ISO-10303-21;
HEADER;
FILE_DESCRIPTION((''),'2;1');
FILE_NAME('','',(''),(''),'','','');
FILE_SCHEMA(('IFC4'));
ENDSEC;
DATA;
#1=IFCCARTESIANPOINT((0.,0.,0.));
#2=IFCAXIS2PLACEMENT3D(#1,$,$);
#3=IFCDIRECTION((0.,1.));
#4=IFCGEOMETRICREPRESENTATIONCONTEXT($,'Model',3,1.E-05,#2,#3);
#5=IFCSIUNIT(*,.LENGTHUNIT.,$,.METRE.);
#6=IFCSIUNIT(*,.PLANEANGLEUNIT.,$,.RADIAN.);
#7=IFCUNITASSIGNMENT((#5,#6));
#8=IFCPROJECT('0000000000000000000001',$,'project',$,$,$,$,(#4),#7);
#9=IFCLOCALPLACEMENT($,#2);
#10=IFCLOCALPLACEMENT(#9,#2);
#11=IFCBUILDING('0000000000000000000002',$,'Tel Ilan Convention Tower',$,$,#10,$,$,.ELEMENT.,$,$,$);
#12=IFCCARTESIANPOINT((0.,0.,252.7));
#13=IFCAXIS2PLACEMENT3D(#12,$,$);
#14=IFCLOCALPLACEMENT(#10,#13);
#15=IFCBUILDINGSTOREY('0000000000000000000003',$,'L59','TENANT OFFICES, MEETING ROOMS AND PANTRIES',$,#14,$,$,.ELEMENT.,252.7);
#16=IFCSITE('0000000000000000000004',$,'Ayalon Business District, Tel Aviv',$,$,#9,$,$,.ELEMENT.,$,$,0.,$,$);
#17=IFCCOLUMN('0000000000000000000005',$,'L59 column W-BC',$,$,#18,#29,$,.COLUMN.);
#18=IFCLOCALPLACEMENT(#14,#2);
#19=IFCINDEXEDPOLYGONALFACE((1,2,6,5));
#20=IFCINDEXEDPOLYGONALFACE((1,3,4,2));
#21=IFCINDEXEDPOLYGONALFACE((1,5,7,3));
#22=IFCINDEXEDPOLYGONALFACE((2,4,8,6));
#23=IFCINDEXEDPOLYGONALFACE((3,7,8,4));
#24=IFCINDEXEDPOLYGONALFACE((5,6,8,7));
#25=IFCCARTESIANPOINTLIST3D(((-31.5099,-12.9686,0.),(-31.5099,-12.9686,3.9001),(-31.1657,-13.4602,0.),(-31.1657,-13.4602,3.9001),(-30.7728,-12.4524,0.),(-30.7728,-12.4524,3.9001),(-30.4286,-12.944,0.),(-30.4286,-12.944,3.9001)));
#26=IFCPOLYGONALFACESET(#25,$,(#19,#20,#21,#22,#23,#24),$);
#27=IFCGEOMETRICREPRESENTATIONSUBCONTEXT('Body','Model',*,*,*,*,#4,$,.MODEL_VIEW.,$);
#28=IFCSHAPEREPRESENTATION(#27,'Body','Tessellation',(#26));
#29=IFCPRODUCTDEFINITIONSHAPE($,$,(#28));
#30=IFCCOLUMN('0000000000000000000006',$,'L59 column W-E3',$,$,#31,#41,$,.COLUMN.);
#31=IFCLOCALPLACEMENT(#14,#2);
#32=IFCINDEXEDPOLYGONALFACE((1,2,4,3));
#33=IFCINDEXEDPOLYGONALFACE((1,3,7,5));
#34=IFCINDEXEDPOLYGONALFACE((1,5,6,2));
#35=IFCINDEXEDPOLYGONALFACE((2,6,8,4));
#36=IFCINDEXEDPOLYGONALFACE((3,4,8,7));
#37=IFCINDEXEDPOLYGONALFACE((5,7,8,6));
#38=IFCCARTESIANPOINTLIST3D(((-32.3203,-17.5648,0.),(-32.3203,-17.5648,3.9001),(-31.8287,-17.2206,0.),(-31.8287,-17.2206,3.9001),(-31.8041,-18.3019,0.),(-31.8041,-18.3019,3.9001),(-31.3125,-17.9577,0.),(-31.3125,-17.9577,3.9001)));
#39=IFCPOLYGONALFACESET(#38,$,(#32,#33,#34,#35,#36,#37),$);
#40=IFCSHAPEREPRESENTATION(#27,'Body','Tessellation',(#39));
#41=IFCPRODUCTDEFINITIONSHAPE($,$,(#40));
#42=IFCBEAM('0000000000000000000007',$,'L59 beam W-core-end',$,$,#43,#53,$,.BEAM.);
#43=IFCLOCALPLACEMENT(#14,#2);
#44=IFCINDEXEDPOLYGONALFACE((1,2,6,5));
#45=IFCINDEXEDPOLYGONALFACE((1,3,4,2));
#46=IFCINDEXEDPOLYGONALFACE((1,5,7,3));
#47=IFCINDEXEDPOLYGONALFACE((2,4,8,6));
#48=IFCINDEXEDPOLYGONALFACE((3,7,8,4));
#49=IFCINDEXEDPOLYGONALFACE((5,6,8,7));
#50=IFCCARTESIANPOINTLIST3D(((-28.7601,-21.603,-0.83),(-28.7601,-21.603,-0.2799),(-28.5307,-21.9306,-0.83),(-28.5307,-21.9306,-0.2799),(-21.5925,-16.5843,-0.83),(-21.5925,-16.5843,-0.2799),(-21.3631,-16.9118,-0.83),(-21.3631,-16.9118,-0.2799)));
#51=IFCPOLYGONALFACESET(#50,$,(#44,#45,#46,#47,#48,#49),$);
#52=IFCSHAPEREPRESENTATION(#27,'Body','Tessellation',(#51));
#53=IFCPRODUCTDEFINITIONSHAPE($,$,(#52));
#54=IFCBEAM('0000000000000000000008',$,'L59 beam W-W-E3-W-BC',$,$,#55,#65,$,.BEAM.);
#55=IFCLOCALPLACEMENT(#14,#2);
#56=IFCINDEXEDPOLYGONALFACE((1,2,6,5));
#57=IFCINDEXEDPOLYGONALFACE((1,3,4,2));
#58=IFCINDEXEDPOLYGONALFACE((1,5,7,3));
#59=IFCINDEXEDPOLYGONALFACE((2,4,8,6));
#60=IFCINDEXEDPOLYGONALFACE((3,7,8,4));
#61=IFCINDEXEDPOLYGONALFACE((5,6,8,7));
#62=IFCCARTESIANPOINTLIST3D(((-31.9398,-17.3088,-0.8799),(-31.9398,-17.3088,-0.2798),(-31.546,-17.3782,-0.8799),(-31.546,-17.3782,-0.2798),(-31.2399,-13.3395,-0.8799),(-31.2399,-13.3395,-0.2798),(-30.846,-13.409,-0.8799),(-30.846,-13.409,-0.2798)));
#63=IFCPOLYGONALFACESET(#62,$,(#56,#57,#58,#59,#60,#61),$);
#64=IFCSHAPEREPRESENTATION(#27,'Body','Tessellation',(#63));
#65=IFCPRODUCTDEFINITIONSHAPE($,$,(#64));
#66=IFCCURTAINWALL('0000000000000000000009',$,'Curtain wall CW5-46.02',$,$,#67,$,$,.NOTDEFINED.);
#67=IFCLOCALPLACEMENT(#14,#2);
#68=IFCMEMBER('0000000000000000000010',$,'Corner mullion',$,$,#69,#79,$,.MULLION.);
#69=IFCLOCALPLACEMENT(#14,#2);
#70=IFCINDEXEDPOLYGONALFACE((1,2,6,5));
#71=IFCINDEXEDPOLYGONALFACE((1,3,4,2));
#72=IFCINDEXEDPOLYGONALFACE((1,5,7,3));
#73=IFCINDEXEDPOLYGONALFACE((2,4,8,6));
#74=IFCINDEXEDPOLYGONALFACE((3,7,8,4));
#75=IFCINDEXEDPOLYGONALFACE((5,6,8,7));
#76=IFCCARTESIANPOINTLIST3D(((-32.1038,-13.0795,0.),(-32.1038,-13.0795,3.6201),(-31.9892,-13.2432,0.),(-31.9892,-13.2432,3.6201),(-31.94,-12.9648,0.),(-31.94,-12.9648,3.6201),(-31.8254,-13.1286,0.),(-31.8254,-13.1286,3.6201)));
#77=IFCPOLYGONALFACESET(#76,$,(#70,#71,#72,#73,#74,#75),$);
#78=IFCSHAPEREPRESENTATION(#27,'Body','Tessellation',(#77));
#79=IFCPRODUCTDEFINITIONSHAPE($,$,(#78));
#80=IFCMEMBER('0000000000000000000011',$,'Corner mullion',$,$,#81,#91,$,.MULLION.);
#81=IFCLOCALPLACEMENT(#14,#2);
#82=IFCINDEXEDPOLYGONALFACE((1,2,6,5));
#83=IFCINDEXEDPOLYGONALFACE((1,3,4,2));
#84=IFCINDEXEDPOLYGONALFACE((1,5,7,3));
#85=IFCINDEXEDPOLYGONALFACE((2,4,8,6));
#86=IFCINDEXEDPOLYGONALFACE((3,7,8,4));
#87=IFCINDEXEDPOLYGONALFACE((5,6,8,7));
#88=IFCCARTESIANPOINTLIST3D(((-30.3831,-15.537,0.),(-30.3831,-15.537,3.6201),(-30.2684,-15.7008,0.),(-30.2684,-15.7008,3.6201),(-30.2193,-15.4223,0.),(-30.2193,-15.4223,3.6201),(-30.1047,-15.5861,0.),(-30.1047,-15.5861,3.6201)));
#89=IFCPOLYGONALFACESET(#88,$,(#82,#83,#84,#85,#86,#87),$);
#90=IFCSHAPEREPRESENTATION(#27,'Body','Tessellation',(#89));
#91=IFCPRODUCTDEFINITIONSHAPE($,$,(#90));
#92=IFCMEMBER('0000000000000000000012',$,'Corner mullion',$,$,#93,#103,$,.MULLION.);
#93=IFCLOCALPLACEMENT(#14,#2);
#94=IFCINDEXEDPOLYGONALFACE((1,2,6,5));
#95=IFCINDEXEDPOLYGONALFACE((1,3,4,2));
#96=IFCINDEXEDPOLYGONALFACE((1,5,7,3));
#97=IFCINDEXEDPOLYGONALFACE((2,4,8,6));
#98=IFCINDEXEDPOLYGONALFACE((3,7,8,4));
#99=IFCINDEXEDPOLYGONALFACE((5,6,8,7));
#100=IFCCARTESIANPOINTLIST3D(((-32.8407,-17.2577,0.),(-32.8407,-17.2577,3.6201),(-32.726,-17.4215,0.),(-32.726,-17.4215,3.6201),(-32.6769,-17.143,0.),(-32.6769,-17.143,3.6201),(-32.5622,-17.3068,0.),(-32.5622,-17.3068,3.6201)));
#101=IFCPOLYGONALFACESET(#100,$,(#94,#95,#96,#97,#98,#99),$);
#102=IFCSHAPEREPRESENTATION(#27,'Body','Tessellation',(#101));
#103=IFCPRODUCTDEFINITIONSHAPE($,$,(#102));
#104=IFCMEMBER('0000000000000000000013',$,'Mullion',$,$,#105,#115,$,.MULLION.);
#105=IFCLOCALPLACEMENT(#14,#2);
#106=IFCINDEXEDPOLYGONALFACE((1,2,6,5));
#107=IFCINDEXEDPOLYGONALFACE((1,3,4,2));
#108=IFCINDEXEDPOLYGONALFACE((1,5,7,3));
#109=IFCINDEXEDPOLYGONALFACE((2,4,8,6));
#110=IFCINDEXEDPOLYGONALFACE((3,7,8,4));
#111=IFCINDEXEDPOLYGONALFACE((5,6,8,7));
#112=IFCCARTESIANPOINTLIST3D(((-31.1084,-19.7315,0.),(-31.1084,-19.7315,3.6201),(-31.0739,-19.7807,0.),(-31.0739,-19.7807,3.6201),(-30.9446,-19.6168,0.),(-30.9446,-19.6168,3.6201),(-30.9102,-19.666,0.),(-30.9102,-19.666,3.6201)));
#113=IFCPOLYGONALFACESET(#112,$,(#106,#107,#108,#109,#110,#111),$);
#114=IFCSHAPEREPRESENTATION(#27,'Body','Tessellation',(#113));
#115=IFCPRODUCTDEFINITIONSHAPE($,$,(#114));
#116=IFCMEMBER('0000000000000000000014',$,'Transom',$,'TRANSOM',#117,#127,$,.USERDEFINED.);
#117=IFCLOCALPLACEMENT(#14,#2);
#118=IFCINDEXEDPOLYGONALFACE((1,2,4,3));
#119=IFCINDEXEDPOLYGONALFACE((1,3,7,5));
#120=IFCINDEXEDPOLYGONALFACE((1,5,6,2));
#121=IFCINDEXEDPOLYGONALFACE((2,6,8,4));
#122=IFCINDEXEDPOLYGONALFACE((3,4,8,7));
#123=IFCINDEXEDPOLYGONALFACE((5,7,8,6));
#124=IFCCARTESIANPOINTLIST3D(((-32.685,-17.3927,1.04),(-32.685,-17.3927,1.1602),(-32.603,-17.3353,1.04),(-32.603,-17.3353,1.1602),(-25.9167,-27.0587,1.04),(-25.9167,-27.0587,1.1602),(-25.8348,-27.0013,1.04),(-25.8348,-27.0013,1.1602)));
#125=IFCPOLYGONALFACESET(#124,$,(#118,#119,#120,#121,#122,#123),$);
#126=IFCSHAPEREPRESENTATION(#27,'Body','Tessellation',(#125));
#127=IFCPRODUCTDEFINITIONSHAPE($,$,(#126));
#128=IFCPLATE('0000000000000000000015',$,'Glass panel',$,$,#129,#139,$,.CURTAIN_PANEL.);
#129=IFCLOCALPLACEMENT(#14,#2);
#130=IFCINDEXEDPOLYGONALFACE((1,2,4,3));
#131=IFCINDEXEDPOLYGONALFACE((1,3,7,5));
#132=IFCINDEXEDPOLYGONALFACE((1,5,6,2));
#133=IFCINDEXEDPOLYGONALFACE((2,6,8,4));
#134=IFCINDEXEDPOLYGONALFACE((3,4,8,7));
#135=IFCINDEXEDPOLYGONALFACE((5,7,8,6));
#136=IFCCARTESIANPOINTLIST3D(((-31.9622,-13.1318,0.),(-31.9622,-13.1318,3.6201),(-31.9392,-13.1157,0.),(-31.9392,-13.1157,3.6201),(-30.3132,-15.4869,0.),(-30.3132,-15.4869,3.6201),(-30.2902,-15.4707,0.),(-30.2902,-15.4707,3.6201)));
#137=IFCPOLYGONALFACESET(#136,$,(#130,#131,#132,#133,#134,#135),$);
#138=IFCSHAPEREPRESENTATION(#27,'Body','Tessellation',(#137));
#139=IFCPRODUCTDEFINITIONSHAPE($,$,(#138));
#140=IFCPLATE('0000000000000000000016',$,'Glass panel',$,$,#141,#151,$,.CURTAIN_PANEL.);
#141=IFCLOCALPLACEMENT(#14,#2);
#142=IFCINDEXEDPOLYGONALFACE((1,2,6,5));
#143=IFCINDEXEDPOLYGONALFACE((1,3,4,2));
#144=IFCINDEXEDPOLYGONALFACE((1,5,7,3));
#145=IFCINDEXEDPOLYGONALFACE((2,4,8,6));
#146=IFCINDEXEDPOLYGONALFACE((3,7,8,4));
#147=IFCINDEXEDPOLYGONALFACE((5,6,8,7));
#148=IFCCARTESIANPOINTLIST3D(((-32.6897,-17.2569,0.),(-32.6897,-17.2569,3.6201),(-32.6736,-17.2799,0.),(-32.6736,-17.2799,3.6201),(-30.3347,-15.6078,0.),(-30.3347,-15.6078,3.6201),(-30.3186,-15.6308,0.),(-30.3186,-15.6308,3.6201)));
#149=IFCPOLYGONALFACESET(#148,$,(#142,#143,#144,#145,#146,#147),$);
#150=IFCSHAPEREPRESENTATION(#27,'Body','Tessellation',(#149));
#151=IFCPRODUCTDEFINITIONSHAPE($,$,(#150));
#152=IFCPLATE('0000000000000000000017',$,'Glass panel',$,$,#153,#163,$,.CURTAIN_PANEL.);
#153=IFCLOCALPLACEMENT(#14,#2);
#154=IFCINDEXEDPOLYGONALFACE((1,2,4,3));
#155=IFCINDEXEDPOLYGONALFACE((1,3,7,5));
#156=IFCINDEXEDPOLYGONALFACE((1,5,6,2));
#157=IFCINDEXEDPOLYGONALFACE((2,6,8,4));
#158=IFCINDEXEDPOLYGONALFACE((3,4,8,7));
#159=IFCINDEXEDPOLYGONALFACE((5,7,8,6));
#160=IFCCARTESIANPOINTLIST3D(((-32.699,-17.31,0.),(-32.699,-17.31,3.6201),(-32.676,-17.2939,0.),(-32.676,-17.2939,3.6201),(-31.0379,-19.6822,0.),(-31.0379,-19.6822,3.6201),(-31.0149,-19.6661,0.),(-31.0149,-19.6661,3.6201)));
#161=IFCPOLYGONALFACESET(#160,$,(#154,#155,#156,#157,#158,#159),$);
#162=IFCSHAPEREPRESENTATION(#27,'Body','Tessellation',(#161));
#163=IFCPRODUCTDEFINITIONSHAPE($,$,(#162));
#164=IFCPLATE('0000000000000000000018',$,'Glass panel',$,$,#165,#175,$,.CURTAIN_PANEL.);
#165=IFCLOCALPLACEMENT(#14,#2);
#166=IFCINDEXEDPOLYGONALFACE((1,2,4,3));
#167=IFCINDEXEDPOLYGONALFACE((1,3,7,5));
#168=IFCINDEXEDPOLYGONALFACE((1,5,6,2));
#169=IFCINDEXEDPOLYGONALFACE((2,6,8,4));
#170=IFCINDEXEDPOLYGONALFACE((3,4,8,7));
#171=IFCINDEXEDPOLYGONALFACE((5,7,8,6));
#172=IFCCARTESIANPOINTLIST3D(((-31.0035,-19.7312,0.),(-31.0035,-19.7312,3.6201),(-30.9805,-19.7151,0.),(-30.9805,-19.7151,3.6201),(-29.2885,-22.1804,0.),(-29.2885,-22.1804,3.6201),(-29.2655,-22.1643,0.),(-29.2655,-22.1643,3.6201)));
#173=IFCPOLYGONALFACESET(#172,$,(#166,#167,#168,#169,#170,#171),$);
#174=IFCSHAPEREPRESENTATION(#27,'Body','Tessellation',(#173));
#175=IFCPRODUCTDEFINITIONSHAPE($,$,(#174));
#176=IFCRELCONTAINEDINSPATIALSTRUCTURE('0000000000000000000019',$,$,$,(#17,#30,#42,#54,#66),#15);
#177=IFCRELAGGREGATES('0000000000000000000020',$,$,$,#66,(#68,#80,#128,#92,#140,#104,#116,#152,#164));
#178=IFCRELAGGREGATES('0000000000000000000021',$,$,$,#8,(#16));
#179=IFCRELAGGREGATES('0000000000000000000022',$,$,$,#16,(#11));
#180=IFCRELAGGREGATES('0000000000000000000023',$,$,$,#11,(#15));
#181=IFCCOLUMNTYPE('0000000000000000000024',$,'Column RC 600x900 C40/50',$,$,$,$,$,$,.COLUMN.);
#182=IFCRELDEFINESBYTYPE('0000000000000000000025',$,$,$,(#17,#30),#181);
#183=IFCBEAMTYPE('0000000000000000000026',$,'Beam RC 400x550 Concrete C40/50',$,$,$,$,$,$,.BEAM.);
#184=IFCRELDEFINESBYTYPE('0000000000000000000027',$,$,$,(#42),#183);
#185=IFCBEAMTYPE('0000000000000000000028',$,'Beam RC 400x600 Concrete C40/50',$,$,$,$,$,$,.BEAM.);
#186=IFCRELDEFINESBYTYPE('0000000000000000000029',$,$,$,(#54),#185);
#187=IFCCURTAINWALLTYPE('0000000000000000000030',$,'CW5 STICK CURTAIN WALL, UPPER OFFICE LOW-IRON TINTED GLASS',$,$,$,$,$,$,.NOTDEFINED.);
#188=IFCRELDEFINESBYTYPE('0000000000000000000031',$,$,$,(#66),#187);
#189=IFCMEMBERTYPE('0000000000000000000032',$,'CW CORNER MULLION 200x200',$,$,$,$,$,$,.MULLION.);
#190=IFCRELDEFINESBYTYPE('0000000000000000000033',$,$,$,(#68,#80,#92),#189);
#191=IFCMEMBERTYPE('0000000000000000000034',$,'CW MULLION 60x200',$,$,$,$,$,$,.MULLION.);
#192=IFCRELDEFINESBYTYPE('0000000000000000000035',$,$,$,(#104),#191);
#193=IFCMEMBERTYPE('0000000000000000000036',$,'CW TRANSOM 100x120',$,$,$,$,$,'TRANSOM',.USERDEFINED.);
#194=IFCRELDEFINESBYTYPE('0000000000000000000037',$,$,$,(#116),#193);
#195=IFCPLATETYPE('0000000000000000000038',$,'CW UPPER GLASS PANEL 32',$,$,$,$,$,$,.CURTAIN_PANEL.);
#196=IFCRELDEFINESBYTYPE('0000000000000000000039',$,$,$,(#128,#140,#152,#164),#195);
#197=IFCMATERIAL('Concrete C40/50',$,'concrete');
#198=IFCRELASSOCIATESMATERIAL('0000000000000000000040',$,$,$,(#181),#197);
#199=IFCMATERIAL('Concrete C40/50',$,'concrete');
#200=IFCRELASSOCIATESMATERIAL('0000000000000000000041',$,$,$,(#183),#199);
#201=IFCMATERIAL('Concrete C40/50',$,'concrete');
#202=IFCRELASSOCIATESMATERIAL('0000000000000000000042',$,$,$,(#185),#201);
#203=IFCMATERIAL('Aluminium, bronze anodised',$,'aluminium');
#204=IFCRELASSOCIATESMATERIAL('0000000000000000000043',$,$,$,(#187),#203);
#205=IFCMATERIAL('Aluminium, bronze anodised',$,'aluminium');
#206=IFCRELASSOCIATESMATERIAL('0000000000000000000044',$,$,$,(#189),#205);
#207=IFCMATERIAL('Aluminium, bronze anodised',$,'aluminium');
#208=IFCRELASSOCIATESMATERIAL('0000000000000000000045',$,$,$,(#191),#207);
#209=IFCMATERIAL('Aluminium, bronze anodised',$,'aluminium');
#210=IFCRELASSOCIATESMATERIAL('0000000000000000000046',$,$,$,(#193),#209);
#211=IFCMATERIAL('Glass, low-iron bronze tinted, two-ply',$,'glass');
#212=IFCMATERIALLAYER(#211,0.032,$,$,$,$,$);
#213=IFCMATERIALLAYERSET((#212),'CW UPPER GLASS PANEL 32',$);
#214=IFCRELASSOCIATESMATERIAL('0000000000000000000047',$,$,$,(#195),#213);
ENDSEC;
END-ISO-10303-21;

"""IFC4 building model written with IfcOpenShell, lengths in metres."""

from ifc_helpers import new_model, si_unit, direction, frame, origin, origin_2d, place, context, subcontext, project, spatial, rectangle, extrude, material, layer, layer_set, material_profile, profile_set, type_object, element, aggregate, save


model = new_model("IFC4")

# Units and contexts
model_context = context("Model", 3, precision=1e-05, world=origin(), true_north=direction((0.0, 1.0)))
body_context = subcontext(model_context, "Body", "Model", "MODEL_VIEW")
ifc_project = project(units=[si_unit("LENGTHUNIT", "METRE"), si_unit("PLANEANGLEUNIT", "RADIAN")], contexts=[model_context])

# Site, building, storey
site_placement = place(None, origin())
site = spatial("IfcSite", under=ifc_project, at=site_placement, Name="Ayalon Business District, Tel Aviv", CompositionType="ELEMENT", RefElevation=0.0)
building_placement = place(site_placement, origin())
building = spatial("IfcBuilding", under=site, at=building_placement, Name="Tel Ilan Convention Tower", CompositionType="ELEMENT")
storey_placement = place(building_placement, frame((0.0, 0.0, 252.7)))
storey = spatial("IfcBuildingStorey", under=building, at=storey_placement, Name="L59", Description="TENANT OFFICES, MEETING ROOMS AND PANTRIES", CompositionType="ELEMENT", Elevation=252.7)

# Columns
ifc_material_1 = material(Name="Concrete C40/50", Category="concrete")
ifc_material_profile_1 = material_profile(ifc_material_1, rectangle(XDim=0.8999, YDim=0.6001, at=origin_2d()), Name="RC 600x900")
ifc_profile_set_1 = profile_set([ifc_material_profile_1], Name="Concrete C40/50")
column_type = type_object("IfcColumnType", Name="Column RC 600x900 C40/50", PredefinedType="COLUMN", material=ifc_profile_set_1)
for number, where, z_axis, x_axis, name in (
    (1, (-30.9692, -12.9563, 0.0), (0.0, 0.0, 1.0), (-0.819152, -0.573576, 0.0), "L59 column W-BC"),
    (2, (-31.8164, -17.7612, 0.0), (0.0, 0.0, 1.0), (-0.573576, 0.819152, 0.0), "L59 column W-E3"),
):
    element("IfcColumn", number, at=place(storey_placement, frame(where, z_axis=z_axis, x_axis=x_axis)), inside=storey, type_object=column_type, Name=name, PredefinedType="COLUMN", context=body_context, shape_type="SweptSolid", body=[
        extrude(rectangle(XDim=0.8999, YDim=0.6001, at=origin_2d()), origin(), (0.0, 0.0, 1.0), 3.9001),
    ])

# Beams
ifc_material_2 = material(Name="Concrete C40/50", Category="concrete")
ifc_material_profile_2 = material_profile(ifc_material_2, rectangle(XDim=0.3999, YDim=0.55, at=origin_2d()), Name="RC 400x550")
ifc_profile_set_2 = profile_set([ifc_material_profile_2], Name="Concrete C40/50")
beam_type_1 = type_object("IfcBeamType", Name="Beam RC 400x550 Concrete C40/50", PredefinedType="BEAM", material=ifc_profile_set_2)
beam_1_placement = place(storey_placement, frame((-21.4778, -16.748, -0.5549), z_axis=(-0.819157, -0.573569, 0.0), x_axis=(0.573569, -0.819157, 0.0)))
element("IfcBeam", 3, at=beam_1_placement, inside=storey, type_object=beam_type_1, Name="L59 beam W-core-end", PredefinedType="BEAM", context=body_context, shape_type="SweptSolid", body=[
    extrude(rectangle(XDim=0.3999, YDim=0.55, at=origin_2d()), origin(), (0.0, 0.0, 1.0), 8.75),
])
ifc_material_3 = material(Name="Concrete C40/50", Category="concrete")
ifc_material_profile_3 = material_profile(ifc_material_3, rectangle(XDim=0.3999, YDim=0.6001, at=origin_2d()), Name="RC 400x600")
ifc_profile_set_3 = profile_set([ifc_material_profile_3], Name="Concrete C40/50")
beam_type_2 = type_object("IfcBeamType", Name="Beam RC 400x600 Concrete C40/50", PredefinedType="BEAM", material=ifc_profile_set_3)
beam_2_placement = place(storey_placement, frame((-31.7429, -17.3435, -0.5798), z_axis=(0.173664, 0.984805, 0.0), x_axis=(-0.984805, 0.173664, 0.0)))
element("IfcBeam", 4, at=beam_2_placement, inside=storey, type_object=beam_type_2, Name="L59 beam W-W-E3-W-BC", PredefinedType="BEAM", context=body_context, shape_type="SweptSolid", body=[
    extrude(rectangle(XDim=0.3999, YDim=0.6001, at=origin_2d()), origin(), (0.0, 0.0, 1.0), 4.0305),
])

# Curtain wall, members, plates
ifc_material_4 = material(Name="Aluminium, bronze anodised", Category="aluminium")
curtain_wall_type = type_object("IfcCurtainWallType", Name="CW5 STICK CURTAIN WALL, UPPER OFFICE LOW-IRON TINTED GLASS", PredefinedType="NOTDEFINED", material=ifc_material_4)
curtain_wall_placement = place(storey_placement, origin())
curtain_wall = element("IfcCurtainWall", 5, at=curtain_wall_placement, inside=storey, type_object=curtain_wall_type, Name="Curtain wall CW5-46.02", PredefinedType="NOTDEFINED")
ifc_material_5 = material(Name="Aluminium, bronze anodised", Category="aluminium")
ifc_material_profile_4 = material_profile(ifc_material_5, rectangle(XDim=0.2, YDim=0.2, at=origin_2d()), Name="CW CORNER MULLION 200x200")
ifc_profile_set_4 = profile_set([ifc_material_profile_4], Name="Aluminium, bronze anodised")
member_type_1 = type_object("IfcMemberType", Name="CW CORNER MULLION 200x200", PredefinedType="MULLION", material=ifc_profile_set_4)
member_1_placement = place(storey_placement, frame((-31.9646, -13.104, 0.0), z_axis=(0.0, 0.0, 1.0), x_axis=(-0.819152, -0.573576, 0.0)))
member_1 = element("IfcMember", 6, at=member_1_placement, type_object=member_type_1, Name="Corner mullion", PredefinedType="MULLION", context=body_context, shape_type="SweptSolid", body=[
    extrude(rectangle(XDim=0.2, YDim=0.2, at=origin_2d()), origin(), (0.0, 0.0, 1.0), 3.6201),
])
member_2_placement = place(storey_placement, frame((-30.2439, -15.5615, 0.0), z_axis=(0.0, 0.0, 1.0), x_axis=(0.573576, -0.819152, 0.0)))
member_2 = element("IfcMember", 7, at=member_2_placement, type_object=member_type_1, Name="Corner mullion", PredefinedType="MULLION", context=body_context, shape_type="SweptSolid", body=[
    extrude(rectangle(XDim=0.2, YDim=0.2, at=origin_2d()), origin(), (0.0, 0.0, 1.0), 3.6201),
])
member_3_placement = place(storey_placement, frame((-32.7014, -17.2822, 0.0), z_axis=(0.0, 0.0, 1.0), x_axis=(-0.819152, -0.573576, 0.0)))
member_3 = element("IfcMember", 8, at=member_3_placement, type_object=member_type_1, Name="Corner mullion", PredefinedType="MULLION", context=body_context, shape_type="SweptSolid", body=[
    extrude(rectangle(XDim=0.2, YDim=0.2, at=origin_2d()), origin(), (0.0, 0.0, 1.0), 3.6201),
])
ifc_material_6 = material(Name="Aluminium, bronze anodised", Category="aluminium")
ifc_material_profile_5 = material_profile(ifc_material_6, rectangle(XDim=0.0601, YDim=0.2, at=origin_2d()), Name="CW MULLION 60x200")
ifc_profile_set_5 = profile_set([ifc_material_profile_5], Name="Aluminium, bronze anodised")
member_type_2 = type_object("IfcMemberType", Name="CW MULLION 60x200", PredefinedType="MULLION", material=ifc_profile_set_5)
member_4_placement = place(storey_placement, frame((-31.0093, -19.6987, 0.0), z_axis=(0.0, 0.0, 1.0), x_axis=(0.573576, -0.819152, 0.0)))
member_4 = element("IfcMember", 9, at=member_4_placement, type_object=member_type_2, Name="Mullion", PredefinedType="MULLION", context=body_context, shape_type="SweptSolid", body=[
    extrude(rectangle(XDim=0.0601, YDim=0.2, at=origin_2d()), origin(), (0.0, 0.0, 1.0), 3.6201),
])
ifc_material_7 = material(Name="Aluminium, bronze anodised", Category="aluminium")
ifc_material_profile_6 = material_profile(ifc_material_7, rectangle(XDim=0.1001, YDim=0.1201, at=origin_2d()), Name="CW TRANSOM 100x120")
ifc_profile_set_6 = profile_set([ifc_material_profile_6], Name="Aluminium, bronze anodised")
member_type_3 = type_object("IfcMemberType", Name="CW TRANSOM 100x120", ElementType="TRANSOM", PredefinedType="USERDEFINED", material=ifc_profile_set_6)
member_5_placement = place(storey_placement, frame((-32.644, -17.364, 1.1001), z_axis=(0.573582, -0.819148, 0.0), x_axis=(0.819148, 0.573582, 0.0)))
member_5 = element("IfcMember", 10, at=member_5_placement, type_object=member_type_3, Name="Transom", ObjectType="TRANSOM", PredefinedType="USERDEFINED", context=body_context, shape_type="SweptSolid", body=[
    extrude(rectangle(XDim=0.1001, YDim=0.1201, at=origin_2d()), origin(), (0.0, 0.0, 1.0), 11.8),
])
ifc_material_8 = material(Name="Glass, low-iron bronze tinted, two-ply", Category="glass")
ifc_layer_1 = layer(ifc_material_8, 0.032)
ifc_layer_set_1 = layer_set([ifc_layer_1], Name="CW UPPER GLASS PANEL 32")
plate_type = type_object("IfcPlateType", Name="CW UPPER GLASS PANEL 32", PredefinedType="CURTAIN_PANEL", material=ifc_layer_set_1)
plate_1_placement = place(storey_placement, frame((-31.1262, -14.3013, 0.0), z_axis=(0.0, 0.0, 1.0), x_axis=(0.573576, -0.819152, 0.0)))
plate_1 = element("IfcPlate", 11, at=plate_1_placement, type_object=plate_type, Name="Glass panel", PredefinedType="CURTAIN_PANEL", context=body_context, shape_type="SweptSolid", body=[
    extrude(rectangle(XDim=2.875, YDim=0.0281, at=origin_2d()), origin(), (0.0, 0.0, 1.0), 3.6201),
])
plate_2_placement = place(storey_placement, frame((-31.5042, -16.4438, 0.0), z_axis=(0.0, 0.0, 1.0), x_axis=(-0.819152, -0.573576, 0.0)))
plate_2 = element("IfcPlate", 12, at=plate_2_placement, type_object=plate_type, Name="Glass panel", PredefinedType="CURTAIN_PANEL", context=body_context, shape_type="SweptSolid", body=[
    extrude(rectangle(XDim=2.875, YDim=0.0281, at=origin_2d()), origin(), (0.0, 0.0, 1.0), 3.6201),
])
plate_3_placement = place(storey_placement, frame((-31.8569, -18.488, 0.0), z_axis=(0.0, 0.0, 1.0), x_axis=(0.573576, -0.819152, 0.0)))
plate_3 = element("IfcPlate", 13, at=plate_3_placement, type_object=plate_type, Name="Glass panel", PredefinedType="CURTAIN_PANEL", context=body_context, shape_type="SweptSolid", body=[
    extrude(rectangle(XDim=2.896, YDim=0.0281, at=origin_2d()), origin(), (0.0, 0.0, 1.0), 3.6201),
])
plate_4_placement = place(storey_placement, frame((-30.1345, -20.9478, 0.0), z_axis=(0.0, 0.0, 1.0), x_axis=(0.573576, -0.819152, 0.0)))
plate_4 = element("IfcPlate", 14, at=plate_4_placement, type_object=plate_type, Name="Glass panel", PredefinedType="CURTAIN_PANEL", context=body_context, shape_type="SweptSolid", body=[
    extrude(rectangle(XDim=2.99, YDim=0.0281, at=origin_2d()), origin(), (0.0, 0.0, 1.0), 3.6201),
])
aggregate(curtain_wall, [member_1, member_2, plate_1, member_3, plate_2, member_4, member_5, plate_3, plate_4])

save(model, "model.ifc")
